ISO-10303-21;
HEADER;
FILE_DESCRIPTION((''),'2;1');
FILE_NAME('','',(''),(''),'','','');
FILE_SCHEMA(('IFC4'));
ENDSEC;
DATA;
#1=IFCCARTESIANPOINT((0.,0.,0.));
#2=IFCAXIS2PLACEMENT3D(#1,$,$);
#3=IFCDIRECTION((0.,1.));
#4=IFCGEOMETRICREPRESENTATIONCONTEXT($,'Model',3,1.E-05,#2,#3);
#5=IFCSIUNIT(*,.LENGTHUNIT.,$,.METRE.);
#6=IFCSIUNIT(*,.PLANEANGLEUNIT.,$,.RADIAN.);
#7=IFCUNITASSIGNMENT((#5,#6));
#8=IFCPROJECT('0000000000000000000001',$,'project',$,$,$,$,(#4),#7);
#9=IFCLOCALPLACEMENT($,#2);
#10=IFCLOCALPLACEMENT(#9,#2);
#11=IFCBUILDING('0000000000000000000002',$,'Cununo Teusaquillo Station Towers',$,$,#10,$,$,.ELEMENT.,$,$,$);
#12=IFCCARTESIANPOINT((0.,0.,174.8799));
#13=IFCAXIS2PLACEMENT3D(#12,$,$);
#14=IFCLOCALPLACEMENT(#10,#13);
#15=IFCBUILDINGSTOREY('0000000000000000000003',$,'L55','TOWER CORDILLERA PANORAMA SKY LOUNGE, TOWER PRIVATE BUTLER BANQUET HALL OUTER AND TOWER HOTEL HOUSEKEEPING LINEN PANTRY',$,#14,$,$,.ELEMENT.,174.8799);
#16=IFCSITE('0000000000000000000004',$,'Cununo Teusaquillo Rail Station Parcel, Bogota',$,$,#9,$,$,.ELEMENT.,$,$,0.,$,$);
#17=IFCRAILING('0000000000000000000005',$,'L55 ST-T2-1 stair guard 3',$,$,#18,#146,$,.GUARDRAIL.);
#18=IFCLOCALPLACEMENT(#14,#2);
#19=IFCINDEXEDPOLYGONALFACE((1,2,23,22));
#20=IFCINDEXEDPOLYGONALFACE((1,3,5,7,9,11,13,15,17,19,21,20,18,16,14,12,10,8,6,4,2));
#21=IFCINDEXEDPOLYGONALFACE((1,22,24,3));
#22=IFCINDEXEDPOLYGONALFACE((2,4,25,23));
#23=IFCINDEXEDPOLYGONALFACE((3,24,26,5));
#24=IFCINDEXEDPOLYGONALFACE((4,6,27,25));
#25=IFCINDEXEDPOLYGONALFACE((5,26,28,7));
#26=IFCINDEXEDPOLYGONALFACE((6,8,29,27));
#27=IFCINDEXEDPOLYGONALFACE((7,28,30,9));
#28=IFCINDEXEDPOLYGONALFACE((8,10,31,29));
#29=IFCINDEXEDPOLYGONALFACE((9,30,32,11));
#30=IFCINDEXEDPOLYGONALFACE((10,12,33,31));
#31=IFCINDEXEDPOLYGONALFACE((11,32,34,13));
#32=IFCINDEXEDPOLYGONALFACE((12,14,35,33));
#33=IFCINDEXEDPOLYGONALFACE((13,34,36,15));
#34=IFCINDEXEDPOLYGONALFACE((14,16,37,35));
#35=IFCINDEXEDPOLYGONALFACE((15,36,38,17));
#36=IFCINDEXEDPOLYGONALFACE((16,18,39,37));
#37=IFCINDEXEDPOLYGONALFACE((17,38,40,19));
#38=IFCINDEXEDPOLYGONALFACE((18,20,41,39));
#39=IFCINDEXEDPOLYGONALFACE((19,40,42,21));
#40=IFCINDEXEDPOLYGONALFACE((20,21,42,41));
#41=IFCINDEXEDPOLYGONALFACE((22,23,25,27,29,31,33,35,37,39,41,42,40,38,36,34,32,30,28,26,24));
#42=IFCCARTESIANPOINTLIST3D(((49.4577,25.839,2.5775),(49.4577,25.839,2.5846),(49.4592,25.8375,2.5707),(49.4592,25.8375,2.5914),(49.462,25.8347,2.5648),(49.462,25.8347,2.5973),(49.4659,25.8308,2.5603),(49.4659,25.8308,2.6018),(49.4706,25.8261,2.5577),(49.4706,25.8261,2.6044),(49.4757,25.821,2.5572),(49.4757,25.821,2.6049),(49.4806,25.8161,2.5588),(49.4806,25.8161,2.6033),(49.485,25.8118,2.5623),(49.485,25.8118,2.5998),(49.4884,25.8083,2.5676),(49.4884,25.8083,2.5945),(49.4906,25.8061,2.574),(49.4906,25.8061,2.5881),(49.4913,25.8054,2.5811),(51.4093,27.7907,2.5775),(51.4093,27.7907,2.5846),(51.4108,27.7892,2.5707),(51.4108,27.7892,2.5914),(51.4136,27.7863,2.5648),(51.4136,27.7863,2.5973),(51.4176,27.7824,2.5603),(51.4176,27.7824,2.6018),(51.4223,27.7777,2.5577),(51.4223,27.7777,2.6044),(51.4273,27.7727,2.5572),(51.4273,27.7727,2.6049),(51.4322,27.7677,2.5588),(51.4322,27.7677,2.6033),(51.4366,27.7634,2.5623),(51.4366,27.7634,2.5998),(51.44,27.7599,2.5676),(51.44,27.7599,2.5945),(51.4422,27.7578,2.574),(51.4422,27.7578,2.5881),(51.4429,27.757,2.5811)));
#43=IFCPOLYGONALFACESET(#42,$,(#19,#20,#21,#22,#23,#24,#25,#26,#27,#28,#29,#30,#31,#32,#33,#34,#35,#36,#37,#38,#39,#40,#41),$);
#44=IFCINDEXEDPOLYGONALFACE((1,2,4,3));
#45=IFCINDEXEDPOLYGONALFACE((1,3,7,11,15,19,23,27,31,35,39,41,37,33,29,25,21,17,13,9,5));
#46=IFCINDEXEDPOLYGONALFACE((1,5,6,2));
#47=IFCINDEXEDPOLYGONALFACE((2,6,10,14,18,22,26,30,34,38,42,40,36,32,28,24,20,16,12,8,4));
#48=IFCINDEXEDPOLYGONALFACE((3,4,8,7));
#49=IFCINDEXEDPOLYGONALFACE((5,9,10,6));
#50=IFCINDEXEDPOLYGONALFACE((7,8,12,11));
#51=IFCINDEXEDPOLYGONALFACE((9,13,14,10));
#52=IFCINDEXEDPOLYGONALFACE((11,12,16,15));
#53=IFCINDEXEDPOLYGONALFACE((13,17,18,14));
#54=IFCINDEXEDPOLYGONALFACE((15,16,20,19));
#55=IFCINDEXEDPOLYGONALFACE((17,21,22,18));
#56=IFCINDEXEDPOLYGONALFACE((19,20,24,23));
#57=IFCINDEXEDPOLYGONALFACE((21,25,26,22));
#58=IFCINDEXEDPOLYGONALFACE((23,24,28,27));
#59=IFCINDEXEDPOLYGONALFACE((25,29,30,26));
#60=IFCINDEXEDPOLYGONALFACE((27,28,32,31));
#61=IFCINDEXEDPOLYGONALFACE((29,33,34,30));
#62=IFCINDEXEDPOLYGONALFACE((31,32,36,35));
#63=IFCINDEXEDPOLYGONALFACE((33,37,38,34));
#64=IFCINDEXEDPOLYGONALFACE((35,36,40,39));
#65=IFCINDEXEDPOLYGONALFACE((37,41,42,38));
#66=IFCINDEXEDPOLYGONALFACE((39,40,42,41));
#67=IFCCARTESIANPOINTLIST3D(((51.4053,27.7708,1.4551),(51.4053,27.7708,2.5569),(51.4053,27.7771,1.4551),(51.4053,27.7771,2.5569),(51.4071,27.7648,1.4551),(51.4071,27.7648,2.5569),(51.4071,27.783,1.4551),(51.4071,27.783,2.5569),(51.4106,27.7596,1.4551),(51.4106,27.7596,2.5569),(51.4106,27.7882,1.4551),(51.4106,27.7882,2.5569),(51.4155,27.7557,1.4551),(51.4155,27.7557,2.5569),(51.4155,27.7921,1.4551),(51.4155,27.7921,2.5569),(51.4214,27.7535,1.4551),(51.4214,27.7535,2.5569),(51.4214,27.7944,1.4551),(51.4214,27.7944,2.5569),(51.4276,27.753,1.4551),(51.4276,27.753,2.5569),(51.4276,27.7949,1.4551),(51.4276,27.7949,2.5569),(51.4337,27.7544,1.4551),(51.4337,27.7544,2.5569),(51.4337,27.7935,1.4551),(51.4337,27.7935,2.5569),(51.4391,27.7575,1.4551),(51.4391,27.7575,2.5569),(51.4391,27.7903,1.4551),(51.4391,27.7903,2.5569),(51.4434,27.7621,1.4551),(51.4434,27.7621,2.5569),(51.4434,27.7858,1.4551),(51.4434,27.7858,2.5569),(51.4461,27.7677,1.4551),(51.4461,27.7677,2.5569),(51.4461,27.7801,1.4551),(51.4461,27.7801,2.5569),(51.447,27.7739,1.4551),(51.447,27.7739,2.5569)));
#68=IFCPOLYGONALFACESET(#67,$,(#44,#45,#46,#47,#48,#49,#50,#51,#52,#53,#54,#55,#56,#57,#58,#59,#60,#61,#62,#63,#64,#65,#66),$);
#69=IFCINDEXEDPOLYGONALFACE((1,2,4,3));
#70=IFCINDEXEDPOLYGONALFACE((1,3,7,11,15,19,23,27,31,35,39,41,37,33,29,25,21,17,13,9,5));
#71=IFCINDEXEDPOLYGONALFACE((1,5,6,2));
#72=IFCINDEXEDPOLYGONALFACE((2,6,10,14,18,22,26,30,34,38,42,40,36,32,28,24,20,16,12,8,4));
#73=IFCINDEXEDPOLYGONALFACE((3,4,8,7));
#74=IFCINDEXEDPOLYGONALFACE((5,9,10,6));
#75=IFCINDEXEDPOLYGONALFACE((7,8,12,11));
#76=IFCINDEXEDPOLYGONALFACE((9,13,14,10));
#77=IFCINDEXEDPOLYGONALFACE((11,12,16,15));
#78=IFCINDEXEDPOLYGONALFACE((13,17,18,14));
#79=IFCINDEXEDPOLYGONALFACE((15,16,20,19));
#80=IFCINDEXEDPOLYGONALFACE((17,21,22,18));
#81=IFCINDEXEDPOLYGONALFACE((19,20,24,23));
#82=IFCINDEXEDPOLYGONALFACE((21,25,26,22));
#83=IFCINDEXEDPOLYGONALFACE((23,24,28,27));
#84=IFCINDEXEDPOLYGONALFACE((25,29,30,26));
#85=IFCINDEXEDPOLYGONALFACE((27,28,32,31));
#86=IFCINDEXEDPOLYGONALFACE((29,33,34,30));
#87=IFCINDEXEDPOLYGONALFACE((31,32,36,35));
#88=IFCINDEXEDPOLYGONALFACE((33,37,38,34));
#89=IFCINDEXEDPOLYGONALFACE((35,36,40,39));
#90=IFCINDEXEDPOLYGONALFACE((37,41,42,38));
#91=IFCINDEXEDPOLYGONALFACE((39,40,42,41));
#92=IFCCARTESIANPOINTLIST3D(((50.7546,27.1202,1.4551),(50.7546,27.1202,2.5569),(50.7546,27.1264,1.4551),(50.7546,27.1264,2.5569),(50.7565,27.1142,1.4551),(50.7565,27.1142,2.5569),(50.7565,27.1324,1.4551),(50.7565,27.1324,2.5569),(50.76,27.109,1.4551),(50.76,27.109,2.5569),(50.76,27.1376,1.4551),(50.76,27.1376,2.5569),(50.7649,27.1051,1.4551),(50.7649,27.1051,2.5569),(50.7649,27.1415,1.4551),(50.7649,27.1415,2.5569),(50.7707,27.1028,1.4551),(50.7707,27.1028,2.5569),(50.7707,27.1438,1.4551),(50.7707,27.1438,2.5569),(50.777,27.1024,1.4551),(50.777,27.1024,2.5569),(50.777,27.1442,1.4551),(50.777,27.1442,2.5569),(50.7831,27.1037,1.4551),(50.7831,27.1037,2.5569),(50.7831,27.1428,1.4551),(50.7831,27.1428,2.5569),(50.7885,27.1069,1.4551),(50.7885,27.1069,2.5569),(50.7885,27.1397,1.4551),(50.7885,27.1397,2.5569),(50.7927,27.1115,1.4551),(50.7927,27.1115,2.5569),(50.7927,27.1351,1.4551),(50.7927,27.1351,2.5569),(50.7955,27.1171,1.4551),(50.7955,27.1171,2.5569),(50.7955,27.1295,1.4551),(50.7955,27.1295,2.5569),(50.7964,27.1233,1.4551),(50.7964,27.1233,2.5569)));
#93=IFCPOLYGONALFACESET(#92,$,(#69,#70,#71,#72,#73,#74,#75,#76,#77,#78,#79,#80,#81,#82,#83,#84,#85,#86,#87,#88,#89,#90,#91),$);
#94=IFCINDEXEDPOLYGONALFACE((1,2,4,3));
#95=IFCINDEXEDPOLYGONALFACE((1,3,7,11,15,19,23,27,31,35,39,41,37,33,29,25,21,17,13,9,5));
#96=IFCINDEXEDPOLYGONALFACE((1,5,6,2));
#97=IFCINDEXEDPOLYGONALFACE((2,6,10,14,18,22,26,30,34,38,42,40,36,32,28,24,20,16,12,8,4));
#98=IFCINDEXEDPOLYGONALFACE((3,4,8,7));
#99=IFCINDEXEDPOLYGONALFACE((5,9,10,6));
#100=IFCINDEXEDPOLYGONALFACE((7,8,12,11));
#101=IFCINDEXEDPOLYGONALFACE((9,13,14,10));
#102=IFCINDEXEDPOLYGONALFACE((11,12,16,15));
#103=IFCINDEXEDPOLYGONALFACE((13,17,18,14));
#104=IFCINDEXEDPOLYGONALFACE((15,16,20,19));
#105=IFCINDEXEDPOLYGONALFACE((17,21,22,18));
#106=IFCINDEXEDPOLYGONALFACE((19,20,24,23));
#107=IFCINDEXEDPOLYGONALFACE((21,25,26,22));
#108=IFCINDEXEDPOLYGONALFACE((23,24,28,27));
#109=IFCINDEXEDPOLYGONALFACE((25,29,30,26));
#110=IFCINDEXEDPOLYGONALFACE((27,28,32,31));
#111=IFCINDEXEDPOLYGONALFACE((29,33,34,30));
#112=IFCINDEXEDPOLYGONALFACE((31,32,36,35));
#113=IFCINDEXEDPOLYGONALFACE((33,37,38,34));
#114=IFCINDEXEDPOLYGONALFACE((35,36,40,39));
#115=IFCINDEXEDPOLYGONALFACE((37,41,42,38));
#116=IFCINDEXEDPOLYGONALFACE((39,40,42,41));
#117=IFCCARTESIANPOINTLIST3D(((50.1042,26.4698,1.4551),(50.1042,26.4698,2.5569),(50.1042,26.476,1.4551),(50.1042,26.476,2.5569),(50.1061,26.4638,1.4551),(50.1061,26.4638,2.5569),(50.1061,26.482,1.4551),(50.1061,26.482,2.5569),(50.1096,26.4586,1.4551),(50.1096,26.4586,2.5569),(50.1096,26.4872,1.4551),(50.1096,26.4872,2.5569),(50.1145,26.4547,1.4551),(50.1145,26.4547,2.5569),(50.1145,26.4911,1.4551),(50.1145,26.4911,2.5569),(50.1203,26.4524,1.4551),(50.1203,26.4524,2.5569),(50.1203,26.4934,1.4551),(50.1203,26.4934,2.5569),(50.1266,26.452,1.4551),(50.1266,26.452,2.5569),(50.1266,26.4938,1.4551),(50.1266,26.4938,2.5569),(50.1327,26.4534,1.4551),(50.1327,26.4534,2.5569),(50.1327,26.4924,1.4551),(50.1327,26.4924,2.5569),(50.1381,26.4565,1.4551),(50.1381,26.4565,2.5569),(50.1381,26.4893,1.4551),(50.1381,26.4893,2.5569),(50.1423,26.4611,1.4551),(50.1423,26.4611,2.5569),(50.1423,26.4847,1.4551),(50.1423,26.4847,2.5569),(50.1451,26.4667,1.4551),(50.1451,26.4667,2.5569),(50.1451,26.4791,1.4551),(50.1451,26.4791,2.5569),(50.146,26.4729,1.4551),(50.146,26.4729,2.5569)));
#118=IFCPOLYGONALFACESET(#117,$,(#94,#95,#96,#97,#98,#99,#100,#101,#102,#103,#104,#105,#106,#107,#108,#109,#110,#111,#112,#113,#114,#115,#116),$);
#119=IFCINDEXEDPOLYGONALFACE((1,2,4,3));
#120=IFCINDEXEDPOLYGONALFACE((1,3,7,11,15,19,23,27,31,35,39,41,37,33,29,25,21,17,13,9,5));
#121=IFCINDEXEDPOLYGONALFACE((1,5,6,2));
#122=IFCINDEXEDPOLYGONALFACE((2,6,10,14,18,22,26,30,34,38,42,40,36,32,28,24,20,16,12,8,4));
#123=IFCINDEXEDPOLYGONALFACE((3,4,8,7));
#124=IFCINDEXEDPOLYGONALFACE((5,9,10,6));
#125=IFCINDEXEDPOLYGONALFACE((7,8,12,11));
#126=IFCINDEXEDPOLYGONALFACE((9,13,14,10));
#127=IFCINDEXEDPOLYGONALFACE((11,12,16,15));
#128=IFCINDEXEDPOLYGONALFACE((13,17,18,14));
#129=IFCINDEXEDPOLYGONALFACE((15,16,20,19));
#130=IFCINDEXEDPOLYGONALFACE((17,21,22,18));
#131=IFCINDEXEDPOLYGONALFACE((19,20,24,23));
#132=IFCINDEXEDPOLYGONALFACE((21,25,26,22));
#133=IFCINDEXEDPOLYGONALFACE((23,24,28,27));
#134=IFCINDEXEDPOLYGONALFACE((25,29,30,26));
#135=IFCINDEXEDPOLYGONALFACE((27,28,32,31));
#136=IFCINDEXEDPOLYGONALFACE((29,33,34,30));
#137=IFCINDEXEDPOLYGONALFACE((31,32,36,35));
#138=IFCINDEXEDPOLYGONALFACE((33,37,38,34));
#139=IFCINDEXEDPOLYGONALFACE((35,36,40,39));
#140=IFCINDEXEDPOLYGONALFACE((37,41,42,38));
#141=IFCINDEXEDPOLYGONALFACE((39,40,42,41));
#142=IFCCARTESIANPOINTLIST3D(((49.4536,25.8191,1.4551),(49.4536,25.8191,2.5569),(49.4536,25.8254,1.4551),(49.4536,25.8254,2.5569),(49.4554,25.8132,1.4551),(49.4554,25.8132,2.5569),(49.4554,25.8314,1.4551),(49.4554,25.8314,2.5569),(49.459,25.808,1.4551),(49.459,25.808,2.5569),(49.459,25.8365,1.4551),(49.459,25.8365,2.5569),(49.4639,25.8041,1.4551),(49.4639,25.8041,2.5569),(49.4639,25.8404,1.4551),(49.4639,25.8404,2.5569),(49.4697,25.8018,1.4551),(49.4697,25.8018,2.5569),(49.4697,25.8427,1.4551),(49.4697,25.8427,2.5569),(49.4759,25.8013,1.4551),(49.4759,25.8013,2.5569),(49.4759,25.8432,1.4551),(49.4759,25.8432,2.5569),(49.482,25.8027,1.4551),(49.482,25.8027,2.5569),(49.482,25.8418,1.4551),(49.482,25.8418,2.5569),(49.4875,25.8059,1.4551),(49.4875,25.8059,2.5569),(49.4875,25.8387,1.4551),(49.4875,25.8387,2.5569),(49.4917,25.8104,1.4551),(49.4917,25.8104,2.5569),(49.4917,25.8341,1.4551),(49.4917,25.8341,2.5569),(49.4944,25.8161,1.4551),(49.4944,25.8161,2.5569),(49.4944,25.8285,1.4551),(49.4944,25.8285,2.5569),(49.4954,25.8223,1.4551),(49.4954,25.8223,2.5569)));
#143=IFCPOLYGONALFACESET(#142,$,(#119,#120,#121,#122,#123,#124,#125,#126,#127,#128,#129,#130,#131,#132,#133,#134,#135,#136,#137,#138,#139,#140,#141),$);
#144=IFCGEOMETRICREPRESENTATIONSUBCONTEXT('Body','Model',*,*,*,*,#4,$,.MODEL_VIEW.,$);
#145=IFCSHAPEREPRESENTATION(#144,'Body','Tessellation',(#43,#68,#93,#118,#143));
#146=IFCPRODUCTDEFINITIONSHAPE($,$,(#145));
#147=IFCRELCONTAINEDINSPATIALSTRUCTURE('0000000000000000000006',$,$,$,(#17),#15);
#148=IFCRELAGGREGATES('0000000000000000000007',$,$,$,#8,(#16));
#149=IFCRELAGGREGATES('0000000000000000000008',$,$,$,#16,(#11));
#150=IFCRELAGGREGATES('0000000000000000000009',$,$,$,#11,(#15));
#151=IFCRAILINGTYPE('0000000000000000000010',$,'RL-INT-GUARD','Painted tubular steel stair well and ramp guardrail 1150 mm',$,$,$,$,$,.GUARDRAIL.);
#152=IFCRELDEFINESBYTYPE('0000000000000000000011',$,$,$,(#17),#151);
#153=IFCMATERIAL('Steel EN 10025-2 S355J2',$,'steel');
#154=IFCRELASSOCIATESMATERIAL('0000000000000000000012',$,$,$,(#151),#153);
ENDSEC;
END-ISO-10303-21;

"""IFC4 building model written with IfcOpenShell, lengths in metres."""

from ifc_helpers import new_model, si_unit, direction, frame, origin, origin_2d, place, context, subcontext, project, spatial, circle, extrude, material, type_object, element, save


model = new_model("IFC4")

# Units and contexts
model_context = context("Model", 3, precision=1e-05, world=origin(), true_north=direction((0.0, 1.0)))
body_context = subcontext(model_context, "Body", "Model", "MODEL_VIEW")
ifc_project = project(units=[si_unit("LENGTHUNIT", "METRE"), si_unit("PLANEANGLEUNIT", "RADIAN")], contexts=[model_context])

# Site, building, storey
site_placement = place(None, origin())
site = spatial("IfcSite", under=ifc_project, at=site_placement, Name="Cununo Teusaquillo Rail Station Parcel, Bogota", CompositionType="ELEMENT", RefElevation=0.0)
building_placement = place(site_placement, origin())
building = spatial("IfcBuilding", under=site, at=building_placement, Name="Cununo Teusaquillo Station Towers", CompositionType="ELEMENT")
storey_placement = place(building_placement, frame((0.0, 0.0, 174.8799)))
storey = spatial("IfcBuildingStorey", under=building, at=storey_placement, Name="L55", Description="TOWER CORDILLERA PANORAMA SKY LOUNGE, TOWER PRIVATE BUTLER BANQUET HALL OUTER AND TOWER HOTEL HOUSEKEEPING LINEN PANTRY", CompositionType="ELEMENT", Elevation=174.8799)

# Railing
ifc_material_1 = material(Name="Steel EN 10025-2 S355J2", Category="steel")
railing_type = type_object("IfcRailingType", Name="RL-INT-GUARD", Description="Painted tubular steel stair well and ramp guardrail 1150 mm", PredefinedType="GUARDRAIL", material=ifc_material_1)
railing_1_placement = place(storey_placement, frame((51.426, 27.7739, 1.4551)))
element("IfcRailing", 1, at=railing_1_placement, inside=storey, type_object=railing_type, Name="L55 ST-T2-1 stair guard 3", PredefinedType="GUARDRAIL", context=body_context, shape_type="SweptSolid", body=[
    extrude(circle(Radius=0.0239, at=origin_2d()), frame((0.0, 0.0, 1.126), z_axis=(-0.707107, -0.707107, 0.0), x_axis=(0.707107, -0.707107, 0.0)), (0.0, 0.0, 1.0), 2.76),
    extrude(circle(Radius=0.021, at=origin_2d()), origin(), (0.0, 0.0, 1.0), 1.1018),
    extrude(circle(Radius=0.021, at=origin_2d()), frame((-0.6506, -0.6506, 0.0)), (0.0, 0.0, 1.0), 1.1018),
    extrude(circle(Radius=0.021, at=origin_2d()), frame((-1.301, -1.301, 0.0)), (0.0, 0.0, 1.0), 1.1018),
    extrude(circle(Radius=0.021, at=origin_2d()), frame((-1.9517, -1.9517, 0.0)), (0.0, 0.0, 1.0), 1.1018),
])

save(model, "model.ifc")
